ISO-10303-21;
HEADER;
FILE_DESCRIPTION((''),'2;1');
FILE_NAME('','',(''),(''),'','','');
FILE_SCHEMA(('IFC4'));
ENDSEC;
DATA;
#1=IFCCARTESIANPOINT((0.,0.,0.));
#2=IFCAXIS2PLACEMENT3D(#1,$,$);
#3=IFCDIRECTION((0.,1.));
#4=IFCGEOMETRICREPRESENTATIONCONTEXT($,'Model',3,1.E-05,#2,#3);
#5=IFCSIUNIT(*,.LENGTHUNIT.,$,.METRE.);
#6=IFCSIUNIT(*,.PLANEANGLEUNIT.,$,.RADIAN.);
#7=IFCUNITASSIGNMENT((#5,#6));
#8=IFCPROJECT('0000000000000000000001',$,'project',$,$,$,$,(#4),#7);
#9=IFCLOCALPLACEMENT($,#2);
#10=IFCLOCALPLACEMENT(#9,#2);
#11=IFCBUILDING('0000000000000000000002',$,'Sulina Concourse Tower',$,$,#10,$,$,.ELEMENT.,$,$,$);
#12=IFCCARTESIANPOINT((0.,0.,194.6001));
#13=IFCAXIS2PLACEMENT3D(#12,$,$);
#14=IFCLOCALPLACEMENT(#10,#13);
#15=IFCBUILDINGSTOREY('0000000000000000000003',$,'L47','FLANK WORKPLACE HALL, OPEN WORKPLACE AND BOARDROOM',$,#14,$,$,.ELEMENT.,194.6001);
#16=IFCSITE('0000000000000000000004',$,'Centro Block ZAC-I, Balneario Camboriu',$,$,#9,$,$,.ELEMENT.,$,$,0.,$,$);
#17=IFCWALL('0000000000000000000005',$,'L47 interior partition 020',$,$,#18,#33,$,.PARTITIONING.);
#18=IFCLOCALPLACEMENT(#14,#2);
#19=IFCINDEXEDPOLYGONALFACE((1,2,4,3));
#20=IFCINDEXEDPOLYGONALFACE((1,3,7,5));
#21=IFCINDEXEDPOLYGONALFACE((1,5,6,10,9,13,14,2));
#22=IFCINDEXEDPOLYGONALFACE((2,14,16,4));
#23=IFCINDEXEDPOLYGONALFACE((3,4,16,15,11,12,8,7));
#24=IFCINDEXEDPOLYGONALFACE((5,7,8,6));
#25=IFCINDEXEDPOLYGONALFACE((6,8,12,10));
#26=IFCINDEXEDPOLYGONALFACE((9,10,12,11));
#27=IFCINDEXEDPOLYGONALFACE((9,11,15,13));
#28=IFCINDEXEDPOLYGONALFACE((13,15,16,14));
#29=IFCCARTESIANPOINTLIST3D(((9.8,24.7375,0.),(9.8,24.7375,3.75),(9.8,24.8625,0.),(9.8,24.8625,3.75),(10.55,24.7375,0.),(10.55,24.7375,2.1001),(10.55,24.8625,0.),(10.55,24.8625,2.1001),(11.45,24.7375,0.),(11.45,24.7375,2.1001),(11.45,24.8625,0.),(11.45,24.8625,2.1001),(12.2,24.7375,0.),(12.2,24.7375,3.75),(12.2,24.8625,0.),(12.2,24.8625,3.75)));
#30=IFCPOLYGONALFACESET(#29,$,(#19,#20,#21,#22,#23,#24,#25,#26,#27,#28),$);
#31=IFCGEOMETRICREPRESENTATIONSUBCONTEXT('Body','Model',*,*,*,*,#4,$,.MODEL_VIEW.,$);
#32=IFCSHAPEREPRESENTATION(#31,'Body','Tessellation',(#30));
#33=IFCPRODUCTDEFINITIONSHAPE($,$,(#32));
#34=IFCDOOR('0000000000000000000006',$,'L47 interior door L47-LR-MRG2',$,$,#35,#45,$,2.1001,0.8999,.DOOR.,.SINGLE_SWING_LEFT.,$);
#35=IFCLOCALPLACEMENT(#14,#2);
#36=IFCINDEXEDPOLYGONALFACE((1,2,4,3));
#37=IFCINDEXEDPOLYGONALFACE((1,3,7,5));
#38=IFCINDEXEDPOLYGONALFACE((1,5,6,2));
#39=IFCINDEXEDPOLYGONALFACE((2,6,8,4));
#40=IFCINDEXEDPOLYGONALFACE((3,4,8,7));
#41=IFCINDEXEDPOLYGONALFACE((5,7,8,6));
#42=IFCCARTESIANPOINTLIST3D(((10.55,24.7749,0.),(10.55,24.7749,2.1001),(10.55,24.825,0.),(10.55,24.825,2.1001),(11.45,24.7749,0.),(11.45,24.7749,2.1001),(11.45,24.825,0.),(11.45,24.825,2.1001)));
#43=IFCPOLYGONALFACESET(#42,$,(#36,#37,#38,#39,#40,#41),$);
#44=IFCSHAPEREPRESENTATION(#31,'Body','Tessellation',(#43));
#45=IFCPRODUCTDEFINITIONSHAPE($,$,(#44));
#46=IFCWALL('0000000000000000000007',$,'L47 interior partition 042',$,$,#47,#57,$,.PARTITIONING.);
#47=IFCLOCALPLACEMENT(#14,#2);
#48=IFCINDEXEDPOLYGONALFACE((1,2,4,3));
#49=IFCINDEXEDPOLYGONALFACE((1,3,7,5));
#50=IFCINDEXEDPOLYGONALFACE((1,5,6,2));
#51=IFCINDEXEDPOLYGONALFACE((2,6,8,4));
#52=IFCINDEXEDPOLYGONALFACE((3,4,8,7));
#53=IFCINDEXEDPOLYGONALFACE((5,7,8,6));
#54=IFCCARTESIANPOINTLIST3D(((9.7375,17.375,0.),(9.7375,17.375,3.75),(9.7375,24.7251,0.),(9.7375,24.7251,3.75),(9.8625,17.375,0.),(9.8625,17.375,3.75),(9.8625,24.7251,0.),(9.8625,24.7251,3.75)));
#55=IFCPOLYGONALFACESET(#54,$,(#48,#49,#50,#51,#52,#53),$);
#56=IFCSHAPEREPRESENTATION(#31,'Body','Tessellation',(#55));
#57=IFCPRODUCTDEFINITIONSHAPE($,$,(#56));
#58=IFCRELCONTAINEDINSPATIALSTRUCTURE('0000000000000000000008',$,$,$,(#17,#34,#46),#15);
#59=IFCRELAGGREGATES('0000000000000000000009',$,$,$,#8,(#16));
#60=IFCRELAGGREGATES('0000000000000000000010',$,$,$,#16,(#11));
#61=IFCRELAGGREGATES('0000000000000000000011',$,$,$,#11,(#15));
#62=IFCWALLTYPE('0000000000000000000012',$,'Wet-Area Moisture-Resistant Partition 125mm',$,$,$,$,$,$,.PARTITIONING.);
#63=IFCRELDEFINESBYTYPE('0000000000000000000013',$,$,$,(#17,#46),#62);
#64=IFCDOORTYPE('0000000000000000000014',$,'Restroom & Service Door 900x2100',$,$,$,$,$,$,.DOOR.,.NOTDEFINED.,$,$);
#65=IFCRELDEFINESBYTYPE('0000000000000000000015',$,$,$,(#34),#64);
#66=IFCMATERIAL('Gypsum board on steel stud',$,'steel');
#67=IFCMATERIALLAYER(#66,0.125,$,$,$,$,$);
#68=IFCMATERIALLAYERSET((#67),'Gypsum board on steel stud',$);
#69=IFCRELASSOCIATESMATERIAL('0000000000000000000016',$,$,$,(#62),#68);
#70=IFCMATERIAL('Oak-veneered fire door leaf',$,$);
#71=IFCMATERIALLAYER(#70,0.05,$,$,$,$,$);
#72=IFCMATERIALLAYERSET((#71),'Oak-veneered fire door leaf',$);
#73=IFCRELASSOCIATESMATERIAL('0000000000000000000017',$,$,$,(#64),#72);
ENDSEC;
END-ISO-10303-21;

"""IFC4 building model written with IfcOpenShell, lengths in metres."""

from ifc_helpers import new_model, si_unit, direction, frame, frame_2d, origin, place, context, subcontext, project, spatial, rectangle, extrude, material, layer, layer_set, type_object, element, fill, save


model = new_model("IFC4")

# Units and contexts
model_context = context("Model", 3, precision=1e-05, world=origin(), true_north=direction((0.0, 1.0)))
body_context = subcontext(model_context, "Body", "Model", "MODEL_VIEW")
ifc_project = project(units=[si_unit("LENGTHUNIT", "METRE"), si_unit("PLANEANGLEUNIT", "RADIAN")], contexts=[model_context])

# Site, building, storey
site_placement = place(None, origin())
site = spatial("IfcSite", under=ifc_project, at=site_placement, Name="Centro Block ZAC-I, Balneario Camboriu", CompositionType="ELEMENT", RefElevation=0.0)
building_placement = place(site_placement, origin())
building = spatial("IfcBuilding", under=site, at=building_placement, Name="Sulina Concourse Tower", CompositionType="ELEMENT")
storey_placement = place(building_placement, frame((0.0, 0.0, 194.6001)))
storey = spatial("IfcBuildingStorey", under=building, at=storey_placement, Name="L47", Description="FLANK WORKPLACE HALL, OPEN WORKPLACE AND BOARDROOM", CompositionType="ELEMENT", Elevation=194.6001)

# Shared definitions
ifc_material_1 = material(Name="Gypsum board on steel stud", Category="steel")
ifc_layer_1 = layer(ifc_material_1, 0.125)
ifc_layer_set_1 = layer_set([ifc_layer_1], Name="Gypsum board on steel stud")
wall_type_1 = type_object("IfcWallType", Name="Wet-Area Moisture-Resistant Partition 125mm", PredefinedType="PARTITIONING", material=ifc_layer_set_1)

# Wall, opening, door
wall_1_placement = place(storey_placement, frame((9.8, 24.8, 0.0), z_axis=(0.0, 0.0, 1.0), x_axis=(1.0, 0.0, 0.0)))
wall_1 = element("IfcWall", 1, at=wall_1_placement, inside=storey, type_object=wall_type_1, Name="L47 interior partition 020", PredefinedType="PARTITIONING", context=body_context, shape_type="SweptSolid", body=[
    extrude(rectangle(XDim=2.3999, YDim=0.125, at=frame_2d((1.2, 0.0))), origin(), (0.0, 0.0, 1.0), 3.75),
])
opening_1_placement = place(wall_1_placement, frame((0.75, 0.0, 0.0)))
opening_1 = element("IfcOpeningElement", 2, at=opening_1_placement, cuts=wall_1, PredefinedType="OPENING", context=body_context, shape_type="SweptSolid", body=[
    extrude(rectangle(XDim=0.8999, YDim=2.1001, at=frame_2d((0.45, 1.05))), frame((0.0, 0.0725, 0.0), z_axis=(0.0, -1.0, 0.0), x_axis=(1.0, 0.0, 0.0)), (0.0, 0.0, 1.0), 0.145),
])
ifc_material_2 = material(Name="Oak-veneered fire door leaf")
ifc_layer_2 = layer(ifc_material_2, 0.05)
ifc_layer_set_2 = layer_set([ifc_layer_2], Name="Oak-veneered fire door leaf")
door_type_1 = type_object("IfcDoorType", Name="Restroom & Service Door 900x2100", OperationType="NOTDEFINED", PredefinedType="DOOR", material=ifc_layer_set_2)
door_1_placement = place(opening_1_placement, origin())
door_1 = element("IfcDoor", 3, at=door_1_placement, inside=storey, type_object=door_type_1, Name="L47 interior door L47-LR-MRG2", OperationType="SINGLE_SWING_LEFT", OverallHeight=2.1001, OverallWidth=0.8999, PredefinedType="DOOR", context=body_context, shape_type="SweptSolid", body=[
    extrude(rectangle(XDim=0.8999, YDim=2.1001, at=frame_2d((0.45, 1.05))), frame((0.0, 0.0249, 0.0), z_axis=(0.0, -1.0, 0.0), x_axis=(1.0, 0.0, 0.0)), (0.0, 0.0, 1.0), 0.05),
])
fill(opening_1, door_1)

# Wall
wall_2_placement = place(storey_placement, frame((9.8, 17.375, 0.0), z_axis=(0.0, 0.0, 1.0), x_axis=(0.0, 1.0, 0.0)))
element("IfcWall", 4, at=wall_2_placement, inside=storey, type_object=wall_type_1, Name="L47 interior partition 042", PredefinedType="PARTITIONING", context=body_context, shape_type="SweptSolid", body=[
    extrude(rectangle(XDim=7.3501, YDim=0.125, at=frame_2d((3.675, 0.0))), origin(), (0.0, 0.0, 1.0), 3.75),
])

save(model, "model.ifc")
